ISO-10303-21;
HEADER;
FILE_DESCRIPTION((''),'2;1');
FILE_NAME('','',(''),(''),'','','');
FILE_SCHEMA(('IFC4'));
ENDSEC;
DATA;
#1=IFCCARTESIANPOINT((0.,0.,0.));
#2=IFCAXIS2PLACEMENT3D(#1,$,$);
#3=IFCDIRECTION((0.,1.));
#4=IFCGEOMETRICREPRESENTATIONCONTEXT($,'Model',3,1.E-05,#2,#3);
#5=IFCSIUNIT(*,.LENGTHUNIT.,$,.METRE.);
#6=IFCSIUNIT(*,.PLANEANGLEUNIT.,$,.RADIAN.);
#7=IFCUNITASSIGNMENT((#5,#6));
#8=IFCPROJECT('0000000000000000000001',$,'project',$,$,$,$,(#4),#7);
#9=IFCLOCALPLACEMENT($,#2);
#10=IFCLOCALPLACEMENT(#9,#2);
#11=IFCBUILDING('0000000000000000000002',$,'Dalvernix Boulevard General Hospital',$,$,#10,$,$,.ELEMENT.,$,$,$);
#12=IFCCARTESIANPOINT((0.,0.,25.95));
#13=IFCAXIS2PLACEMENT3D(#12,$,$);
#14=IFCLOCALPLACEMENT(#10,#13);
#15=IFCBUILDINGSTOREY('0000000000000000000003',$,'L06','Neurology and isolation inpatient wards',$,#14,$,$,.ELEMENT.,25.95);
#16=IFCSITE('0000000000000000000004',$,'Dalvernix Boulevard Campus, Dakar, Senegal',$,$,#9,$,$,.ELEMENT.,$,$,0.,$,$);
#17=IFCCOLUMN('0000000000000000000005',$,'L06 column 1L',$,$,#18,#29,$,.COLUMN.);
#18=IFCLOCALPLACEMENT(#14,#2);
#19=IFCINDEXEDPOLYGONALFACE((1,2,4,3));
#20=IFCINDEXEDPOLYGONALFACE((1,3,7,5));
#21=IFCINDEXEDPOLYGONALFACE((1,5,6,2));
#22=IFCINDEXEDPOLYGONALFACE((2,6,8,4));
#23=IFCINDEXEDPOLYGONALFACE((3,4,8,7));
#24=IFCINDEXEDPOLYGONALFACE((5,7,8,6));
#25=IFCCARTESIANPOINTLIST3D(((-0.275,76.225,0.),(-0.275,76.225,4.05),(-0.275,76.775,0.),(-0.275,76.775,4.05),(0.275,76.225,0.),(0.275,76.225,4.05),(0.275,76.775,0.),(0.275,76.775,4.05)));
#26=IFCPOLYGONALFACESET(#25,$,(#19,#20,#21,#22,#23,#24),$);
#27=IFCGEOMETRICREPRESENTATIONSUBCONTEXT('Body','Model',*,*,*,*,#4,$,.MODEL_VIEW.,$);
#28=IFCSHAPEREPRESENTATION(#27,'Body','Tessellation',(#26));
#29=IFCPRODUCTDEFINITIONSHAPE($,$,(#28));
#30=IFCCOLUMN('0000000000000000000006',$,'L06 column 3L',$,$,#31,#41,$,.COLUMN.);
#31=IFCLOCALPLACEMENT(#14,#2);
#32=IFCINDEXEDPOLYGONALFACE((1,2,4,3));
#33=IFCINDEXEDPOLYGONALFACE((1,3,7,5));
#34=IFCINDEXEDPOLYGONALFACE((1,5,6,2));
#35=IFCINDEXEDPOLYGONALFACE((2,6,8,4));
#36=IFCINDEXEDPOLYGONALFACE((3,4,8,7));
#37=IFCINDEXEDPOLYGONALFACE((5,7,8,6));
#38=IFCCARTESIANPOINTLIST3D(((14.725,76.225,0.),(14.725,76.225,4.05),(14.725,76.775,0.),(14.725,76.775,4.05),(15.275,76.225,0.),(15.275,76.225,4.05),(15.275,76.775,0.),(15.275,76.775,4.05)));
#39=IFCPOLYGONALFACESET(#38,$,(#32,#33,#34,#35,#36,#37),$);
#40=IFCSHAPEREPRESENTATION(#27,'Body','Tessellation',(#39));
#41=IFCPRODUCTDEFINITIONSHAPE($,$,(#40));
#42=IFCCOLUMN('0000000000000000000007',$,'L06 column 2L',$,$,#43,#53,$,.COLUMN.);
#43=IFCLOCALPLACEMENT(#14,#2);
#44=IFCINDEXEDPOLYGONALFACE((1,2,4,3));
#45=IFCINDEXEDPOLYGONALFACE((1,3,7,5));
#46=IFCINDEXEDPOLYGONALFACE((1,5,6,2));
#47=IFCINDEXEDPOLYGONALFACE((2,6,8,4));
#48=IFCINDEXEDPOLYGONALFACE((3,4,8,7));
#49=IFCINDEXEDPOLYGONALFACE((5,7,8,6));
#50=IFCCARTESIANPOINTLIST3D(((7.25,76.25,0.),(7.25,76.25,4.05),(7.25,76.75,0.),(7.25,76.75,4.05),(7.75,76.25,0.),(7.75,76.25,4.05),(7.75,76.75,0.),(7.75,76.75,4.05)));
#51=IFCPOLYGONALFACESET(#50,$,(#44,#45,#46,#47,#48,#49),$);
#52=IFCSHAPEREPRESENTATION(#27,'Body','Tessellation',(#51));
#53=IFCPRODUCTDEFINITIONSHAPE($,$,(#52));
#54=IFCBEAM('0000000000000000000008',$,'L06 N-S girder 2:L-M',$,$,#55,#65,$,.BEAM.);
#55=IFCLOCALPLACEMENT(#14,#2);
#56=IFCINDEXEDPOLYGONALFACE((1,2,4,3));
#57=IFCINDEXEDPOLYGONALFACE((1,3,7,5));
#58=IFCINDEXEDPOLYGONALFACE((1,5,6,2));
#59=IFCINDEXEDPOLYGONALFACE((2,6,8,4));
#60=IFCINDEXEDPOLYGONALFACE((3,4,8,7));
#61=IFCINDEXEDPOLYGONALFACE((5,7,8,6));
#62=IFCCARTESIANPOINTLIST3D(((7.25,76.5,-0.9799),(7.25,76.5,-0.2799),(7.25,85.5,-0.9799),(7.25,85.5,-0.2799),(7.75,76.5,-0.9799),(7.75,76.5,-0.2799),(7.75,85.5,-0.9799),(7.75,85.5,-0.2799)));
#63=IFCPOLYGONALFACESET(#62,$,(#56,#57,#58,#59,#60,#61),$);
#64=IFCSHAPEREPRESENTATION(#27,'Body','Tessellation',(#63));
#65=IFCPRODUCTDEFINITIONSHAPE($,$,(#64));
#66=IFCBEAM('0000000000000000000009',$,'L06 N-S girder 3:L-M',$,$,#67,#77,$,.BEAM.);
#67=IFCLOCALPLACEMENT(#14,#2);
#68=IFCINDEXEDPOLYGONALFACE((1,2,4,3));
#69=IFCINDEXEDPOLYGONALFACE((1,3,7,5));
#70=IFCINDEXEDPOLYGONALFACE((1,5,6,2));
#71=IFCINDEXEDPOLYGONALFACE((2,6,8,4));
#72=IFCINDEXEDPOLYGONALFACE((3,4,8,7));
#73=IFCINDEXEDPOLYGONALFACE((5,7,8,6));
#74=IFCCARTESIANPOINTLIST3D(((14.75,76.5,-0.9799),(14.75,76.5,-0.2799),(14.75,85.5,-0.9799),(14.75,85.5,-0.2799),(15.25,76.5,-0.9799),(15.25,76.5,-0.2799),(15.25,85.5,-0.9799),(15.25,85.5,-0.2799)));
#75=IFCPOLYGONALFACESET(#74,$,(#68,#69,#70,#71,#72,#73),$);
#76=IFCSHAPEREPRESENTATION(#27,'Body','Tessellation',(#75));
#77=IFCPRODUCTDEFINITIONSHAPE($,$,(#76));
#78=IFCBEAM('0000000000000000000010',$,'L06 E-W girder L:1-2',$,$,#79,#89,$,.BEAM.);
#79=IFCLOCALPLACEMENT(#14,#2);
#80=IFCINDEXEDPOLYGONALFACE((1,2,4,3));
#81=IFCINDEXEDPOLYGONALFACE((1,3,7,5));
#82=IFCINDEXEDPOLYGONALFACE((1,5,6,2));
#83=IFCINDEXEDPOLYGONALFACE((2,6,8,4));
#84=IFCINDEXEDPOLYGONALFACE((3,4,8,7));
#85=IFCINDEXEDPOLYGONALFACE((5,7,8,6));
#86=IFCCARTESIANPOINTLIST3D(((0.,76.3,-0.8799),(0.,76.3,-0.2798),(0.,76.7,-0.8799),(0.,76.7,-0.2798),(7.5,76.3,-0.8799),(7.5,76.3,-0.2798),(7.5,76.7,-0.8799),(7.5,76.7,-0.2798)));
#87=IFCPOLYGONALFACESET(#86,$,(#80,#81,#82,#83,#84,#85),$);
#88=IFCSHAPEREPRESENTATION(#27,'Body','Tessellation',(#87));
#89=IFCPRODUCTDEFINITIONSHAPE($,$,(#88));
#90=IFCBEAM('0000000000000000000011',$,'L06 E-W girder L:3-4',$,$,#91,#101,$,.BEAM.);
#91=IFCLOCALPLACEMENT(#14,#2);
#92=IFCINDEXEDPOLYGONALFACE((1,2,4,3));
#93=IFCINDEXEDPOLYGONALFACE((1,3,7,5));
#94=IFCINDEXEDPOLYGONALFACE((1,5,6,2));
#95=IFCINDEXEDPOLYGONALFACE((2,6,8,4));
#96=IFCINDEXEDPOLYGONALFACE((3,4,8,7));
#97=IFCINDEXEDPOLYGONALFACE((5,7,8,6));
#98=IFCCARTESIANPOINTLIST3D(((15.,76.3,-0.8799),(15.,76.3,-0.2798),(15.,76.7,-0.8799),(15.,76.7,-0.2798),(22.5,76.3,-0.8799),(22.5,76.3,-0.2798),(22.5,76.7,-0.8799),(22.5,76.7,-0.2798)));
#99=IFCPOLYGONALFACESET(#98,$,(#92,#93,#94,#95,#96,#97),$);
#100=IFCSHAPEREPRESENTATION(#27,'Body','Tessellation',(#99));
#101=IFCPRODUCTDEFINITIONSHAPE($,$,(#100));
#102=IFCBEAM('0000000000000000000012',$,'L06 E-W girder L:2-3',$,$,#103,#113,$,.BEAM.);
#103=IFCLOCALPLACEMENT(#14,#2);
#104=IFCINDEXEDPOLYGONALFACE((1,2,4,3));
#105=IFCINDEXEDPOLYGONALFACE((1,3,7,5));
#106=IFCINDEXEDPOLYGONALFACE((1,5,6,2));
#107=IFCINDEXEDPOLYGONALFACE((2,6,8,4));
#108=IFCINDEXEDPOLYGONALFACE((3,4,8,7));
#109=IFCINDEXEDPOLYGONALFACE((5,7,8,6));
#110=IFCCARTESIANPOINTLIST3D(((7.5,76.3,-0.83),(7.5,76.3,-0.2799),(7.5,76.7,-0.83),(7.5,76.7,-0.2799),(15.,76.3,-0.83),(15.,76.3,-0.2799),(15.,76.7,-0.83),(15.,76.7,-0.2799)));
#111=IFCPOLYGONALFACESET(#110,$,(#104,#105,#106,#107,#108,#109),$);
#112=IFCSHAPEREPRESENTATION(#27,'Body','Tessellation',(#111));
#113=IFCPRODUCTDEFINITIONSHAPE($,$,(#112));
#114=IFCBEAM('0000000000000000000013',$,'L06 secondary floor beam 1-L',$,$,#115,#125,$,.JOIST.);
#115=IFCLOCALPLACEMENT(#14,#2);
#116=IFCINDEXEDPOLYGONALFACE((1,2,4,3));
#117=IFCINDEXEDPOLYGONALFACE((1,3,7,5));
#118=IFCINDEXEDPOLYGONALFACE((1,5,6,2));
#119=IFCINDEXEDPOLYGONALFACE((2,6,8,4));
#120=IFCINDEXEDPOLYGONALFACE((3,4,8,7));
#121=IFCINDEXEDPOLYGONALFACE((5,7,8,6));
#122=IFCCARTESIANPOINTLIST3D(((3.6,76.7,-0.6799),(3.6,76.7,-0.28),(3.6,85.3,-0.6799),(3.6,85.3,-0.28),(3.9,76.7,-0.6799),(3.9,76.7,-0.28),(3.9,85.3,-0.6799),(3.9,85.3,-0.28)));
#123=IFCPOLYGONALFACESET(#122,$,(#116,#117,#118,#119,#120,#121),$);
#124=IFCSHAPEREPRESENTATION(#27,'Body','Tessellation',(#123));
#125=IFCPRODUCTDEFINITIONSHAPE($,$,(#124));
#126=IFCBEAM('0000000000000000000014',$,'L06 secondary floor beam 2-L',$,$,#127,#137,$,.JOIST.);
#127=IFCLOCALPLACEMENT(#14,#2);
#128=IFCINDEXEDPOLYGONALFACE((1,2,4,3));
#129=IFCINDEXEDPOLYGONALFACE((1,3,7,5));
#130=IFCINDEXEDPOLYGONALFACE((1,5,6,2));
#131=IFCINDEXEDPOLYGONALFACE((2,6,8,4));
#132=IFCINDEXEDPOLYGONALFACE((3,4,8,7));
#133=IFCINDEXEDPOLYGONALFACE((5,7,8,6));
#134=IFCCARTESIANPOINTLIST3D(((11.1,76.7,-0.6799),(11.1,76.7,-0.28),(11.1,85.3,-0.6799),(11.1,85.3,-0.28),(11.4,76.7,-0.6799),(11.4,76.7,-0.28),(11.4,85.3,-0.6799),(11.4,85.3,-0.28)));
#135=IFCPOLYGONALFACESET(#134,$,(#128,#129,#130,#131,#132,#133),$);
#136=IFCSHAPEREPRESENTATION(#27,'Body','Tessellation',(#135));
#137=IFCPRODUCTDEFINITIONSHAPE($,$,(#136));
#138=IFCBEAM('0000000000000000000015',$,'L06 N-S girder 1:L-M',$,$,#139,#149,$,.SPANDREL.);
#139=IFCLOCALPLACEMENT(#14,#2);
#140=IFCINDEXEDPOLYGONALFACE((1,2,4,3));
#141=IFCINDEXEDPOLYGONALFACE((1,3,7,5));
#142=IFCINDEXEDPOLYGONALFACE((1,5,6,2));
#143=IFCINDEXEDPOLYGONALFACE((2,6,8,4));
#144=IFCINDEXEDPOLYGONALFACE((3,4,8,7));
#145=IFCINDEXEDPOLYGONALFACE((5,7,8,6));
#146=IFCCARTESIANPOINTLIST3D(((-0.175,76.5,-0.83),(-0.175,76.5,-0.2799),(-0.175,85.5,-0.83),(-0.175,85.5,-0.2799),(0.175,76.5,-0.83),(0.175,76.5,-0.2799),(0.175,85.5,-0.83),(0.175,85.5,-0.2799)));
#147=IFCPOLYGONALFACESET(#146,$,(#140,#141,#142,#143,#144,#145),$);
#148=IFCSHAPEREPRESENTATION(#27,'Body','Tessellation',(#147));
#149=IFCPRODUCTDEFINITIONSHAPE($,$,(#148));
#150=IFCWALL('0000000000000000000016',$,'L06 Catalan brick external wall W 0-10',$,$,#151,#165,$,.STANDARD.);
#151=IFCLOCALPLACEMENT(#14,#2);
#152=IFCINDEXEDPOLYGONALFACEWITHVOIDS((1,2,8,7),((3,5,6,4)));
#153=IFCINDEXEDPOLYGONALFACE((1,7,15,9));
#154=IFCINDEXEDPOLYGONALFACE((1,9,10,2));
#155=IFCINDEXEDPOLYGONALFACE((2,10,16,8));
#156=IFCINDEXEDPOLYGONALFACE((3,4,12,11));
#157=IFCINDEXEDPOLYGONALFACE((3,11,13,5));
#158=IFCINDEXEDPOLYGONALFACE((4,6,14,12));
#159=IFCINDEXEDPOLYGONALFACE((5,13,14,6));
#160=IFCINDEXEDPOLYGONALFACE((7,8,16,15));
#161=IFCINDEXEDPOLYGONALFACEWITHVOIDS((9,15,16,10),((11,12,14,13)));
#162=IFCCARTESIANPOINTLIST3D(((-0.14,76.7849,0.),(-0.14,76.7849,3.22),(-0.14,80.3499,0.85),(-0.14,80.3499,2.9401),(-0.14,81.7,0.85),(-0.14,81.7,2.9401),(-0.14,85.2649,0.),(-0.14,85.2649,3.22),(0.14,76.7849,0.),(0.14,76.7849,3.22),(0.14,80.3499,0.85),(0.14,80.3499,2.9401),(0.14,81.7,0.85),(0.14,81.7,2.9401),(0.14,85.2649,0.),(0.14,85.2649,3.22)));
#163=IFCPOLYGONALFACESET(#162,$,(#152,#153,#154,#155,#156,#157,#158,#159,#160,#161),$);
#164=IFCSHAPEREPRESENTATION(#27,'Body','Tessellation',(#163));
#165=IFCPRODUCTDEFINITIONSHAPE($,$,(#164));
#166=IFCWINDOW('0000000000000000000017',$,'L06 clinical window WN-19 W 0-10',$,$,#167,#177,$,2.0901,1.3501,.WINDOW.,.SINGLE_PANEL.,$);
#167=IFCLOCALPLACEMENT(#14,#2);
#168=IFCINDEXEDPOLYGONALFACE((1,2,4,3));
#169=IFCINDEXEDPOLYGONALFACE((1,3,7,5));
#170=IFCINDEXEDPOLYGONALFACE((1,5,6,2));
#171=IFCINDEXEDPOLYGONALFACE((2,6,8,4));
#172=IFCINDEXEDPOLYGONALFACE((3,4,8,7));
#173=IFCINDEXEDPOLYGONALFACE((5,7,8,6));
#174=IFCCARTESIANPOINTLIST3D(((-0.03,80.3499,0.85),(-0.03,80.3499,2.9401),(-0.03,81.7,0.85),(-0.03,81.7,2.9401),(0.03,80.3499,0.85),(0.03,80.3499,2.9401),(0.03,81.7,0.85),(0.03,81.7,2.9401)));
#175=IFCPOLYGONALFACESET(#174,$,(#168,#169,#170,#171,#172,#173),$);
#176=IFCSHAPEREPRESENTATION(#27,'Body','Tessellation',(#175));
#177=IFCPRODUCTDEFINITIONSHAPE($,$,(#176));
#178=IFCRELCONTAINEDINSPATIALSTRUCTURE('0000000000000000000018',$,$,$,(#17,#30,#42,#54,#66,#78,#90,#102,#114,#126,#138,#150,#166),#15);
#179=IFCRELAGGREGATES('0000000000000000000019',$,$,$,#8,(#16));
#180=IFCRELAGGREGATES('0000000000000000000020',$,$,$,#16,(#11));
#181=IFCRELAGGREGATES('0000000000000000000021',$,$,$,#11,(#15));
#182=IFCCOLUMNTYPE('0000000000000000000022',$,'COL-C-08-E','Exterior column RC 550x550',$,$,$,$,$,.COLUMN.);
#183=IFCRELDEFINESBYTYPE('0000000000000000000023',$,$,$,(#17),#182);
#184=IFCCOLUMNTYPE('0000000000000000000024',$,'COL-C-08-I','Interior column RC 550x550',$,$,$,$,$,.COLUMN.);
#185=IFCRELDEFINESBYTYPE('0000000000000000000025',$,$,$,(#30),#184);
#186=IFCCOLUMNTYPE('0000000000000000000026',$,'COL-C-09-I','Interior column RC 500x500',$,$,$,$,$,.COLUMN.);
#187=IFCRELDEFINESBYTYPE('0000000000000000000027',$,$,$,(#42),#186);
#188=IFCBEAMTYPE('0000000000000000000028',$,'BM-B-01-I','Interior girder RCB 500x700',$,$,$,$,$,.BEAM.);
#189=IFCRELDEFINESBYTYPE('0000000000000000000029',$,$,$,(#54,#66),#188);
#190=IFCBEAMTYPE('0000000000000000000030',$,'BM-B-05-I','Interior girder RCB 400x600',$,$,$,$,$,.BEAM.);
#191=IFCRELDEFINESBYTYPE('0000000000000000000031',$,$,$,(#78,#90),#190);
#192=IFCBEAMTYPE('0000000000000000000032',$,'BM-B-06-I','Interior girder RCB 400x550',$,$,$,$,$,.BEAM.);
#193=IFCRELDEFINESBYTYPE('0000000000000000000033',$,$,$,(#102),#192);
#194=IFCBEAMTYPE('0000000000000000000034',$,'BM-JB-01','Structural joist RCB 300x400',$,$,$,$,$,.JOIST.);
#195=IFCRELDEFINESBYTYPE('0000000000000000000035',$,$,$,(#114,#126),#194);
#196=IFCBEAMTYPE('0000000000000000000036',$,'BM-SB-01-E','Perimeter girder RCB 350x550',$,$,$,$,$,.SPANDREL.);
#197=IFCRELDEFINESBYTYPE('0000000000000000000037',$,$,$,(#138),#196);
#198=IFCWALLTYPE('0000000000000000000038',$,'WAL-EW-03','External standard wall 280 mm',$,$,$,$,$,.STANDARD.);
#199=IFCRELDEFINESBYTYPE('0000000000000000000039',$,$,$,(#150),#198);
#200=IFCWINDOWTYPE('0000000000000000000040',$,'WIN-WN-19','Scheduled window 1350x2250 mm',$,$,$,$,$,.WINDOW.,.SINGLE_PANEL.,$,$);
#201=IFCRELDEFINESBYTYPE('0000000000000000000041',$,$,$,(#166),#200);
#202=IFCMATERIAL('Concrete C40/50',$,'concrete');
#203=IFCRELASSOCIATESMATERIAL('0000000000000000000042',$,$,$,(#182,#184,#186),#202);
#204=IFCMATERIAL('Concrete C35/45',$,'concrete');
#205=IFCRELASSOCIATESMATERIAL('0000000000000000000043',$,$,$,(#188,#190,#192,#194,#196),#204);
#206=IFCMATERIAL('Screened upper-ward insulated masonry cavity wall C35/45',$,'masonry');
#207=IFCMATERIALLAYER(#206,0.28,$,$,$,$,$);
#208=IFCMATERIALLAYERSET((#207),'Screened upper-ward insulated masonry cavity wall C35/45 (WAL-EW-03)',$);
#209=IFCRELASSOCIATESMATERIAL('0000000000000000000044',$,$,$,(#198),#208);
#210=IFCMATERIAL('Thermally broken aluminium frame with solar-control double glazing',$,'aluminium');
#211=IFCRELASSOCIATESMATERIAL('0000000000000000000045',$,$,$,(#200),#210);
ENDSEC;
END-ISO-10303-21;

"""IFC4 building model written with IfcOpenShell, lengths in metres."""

from ifc_helpers import new_model, si_unit, direction, frame, frame_2d, origin, origin_2d, place, context, subcontext, project, spatial, rectangle, extrude, material, layer, layer_set, material_profile, profile_set, type_object, element, fill, save


model = new_model("IFC4")

# Units and contexts
model_context = context("Model", 3, precision=1e-05, world=origin(), true_north=direction((0.0, 1.0)))
body_context = subcontext(model_context, "Body", "Model", "MODEL_VIEW")
ifc_project = project(units=[si_unit("LENGTHUNIT", "METRE"), si_unit("PLANEANGLEUNIT", "RADIAN")], contexts=[model_context])

# Site, building, storey
site_placement = place(None, origin())
site = spatial("IfcSite", under=ifc_project, at=site_placement, Name="Dalvernix Boulevard Campus, Dakar, Senegal", CompositionType="ELEMENT", RefElevation=0.0)
building_placement = place(site_placement, origin())
building = spatial("IfcBuilding", under=site, at=building_placement, Name="Dalvernix Boulevard General Hospital", CompositionType="ELEMENT")
storey_placement = place(building_placement, frame((0.0, 0.0, 25.95)))
storey = spatial("IfcBuildingStorey", under=building, at=storey_placement, Name="L06", Description="Neurology and isolation inpatient wards", CompositionType="ELEMENT", Elevation=25.95)

# Columns
ifc_material_1 = material(Name="Concrete C40/50", Category="concrete")
ifc_material_profile_1 = material_profile(ifc_material_1, rectangle(XDim=0.55, YDim=0.55, at=origin_2d()), Name="RC 550x550")
ifc_profile_set_1 = profile_set([ifc_material_profile_1], Name="Concrete C40/50")
column_type_1 = type_object("IfcColumnType", Name="COL-C-08-E", Description="Exterior column RC 550x550", PredefinedType="COLUMN", material=ifc_profile_set_1)
column_1_placement = place(storey_placement, frame((0.0, 76.5, 0.0), z_axis=(0.0, 0.0, 1.0), x_axis=(1.0, 0.0, 0.0)))
element("IfcColumn", 1, at=column_1_placement, inside=storey, type_object=column_type_1, Name="L06 column 1L", PredefinedType="COLUMN", context=body_context, shape_type="SweptSolid", body=[
    extrude(rectangle(XDim=0.55, YDim=0.55, at=origin_2d()), origin(), (0.0, 0.0, 1.0), 4.05),
])
ifc_material_profile_2 = material_profile(ifc_material_1, rectangle(XDim=0.55, YDim=0.55, at=origin_2d()), Name="RC 550x550")
ifc_profile_set_2 = profile_set([ifc_material_profile_2], Name="Concrete C40/50")
column_type_2 = type_object("IfcColumnType", Name="COL-C-08-I", Description="Interior column RC 550x550", PredefinedType="COLUMN", material=ifc_profile_set_2)
column_2_placement = place(storey_placement, frame((15.0, 76.5, 0.0), z_axis=(0.0, 0.0, 1.0), x_axis=(1.0, 0.0, 0.0)))
element("IfcColumn", 2, at=column_2_placement, inside=storey, type_object=column_type_2, Name="L06 column 3L", PredefinedType="COLUMN", context=body_context, shape_type="SweptSolid", body=[
    extrude(rectangle(XDim=0.55, YDim=0.55, at=origin_2d()), origin(), (0.0, 0.0, 1.0), 4.05),
])
ifc_material_profile_3 = material_profile(ifc_material_1, rectangle(XDim=0.5, YDim=0.5, at=origin_2d()), Name="RC 500x500")
ifc_profile_set_3 = profile_set([ifc_material_profile_3], Name="Concrete C40/50")
column_type_3 = type_object("IfcColumnType", Name="COL-C-09-I", Description="Interior column RC 500x500", PredefinedType="COLUMN", material=ifc_profile_set_3)
column_3_placement = place(storey_placement, frame((7.5, 76.5, 0.0), z_axis=(0.0, 0.0, 1.0), x_axis=(1.0, 0.0, 0.0)))
element("IfcColumn", 3, at=column_3_placement, inside=storey, type_object=column_type_3, Name="L06 column 2L", PredefinedType="COLUMN", context=body_context, shape_type="SweptSolid", body=[
    extrude(rectangle(XDim=0.5, YDim=0.5, at=origin_2d()), origin(), (0.0, 0.0, 1.0), 4.05),
])

# Beams
ifc_material_2 = material(Name="Concrete C35/45", Category="concrete")
ifc_material_profile_4 = material_profile(ifc_material_2, rectangle(XDim=0.5, YDim=0.7, at=origin_2d()), Name="RCB 500x700")
ifc_profile_set_4 = profile_set([ifc_material_profile_4], Name="Concrete C35/45")
beam_type_1 = type_object("IfcBeamType", Name="BM-B-01-I", Description="Interior girder RCB 500x700", PredefinedType="BEAM", material=ifc_profile_set_4)
for number, where, z_axis, x_axis, name in (
    (4, (7.5, 76.5, -0.6299), (0.0, 1.0, 0.0), (-1.0, 0.0, 0.0), "L06 N-S girder 2:L-M"),
    (5, (15.0, 76.5, -0.6299), (0.0, 1.0, 0.0), (-1.0, 0.0, 0.0), "L06 N-S girder 3:L-M"),
):
    element("IfcBeam", number, at=place(storey_placement, frame(where, z_axis=z_axis, x_axis=x_axis)), inside=storey, type_object=beam_type_1, Name=name, PredefinedType="BEAM", context=body_context, shape_type="SweptSolid", body=[
        extrude(rectangle(XDim=0.5, YDim=0.7, at=origin_2d()), origin(), (0.0, 0.0, 1.0), 9.0),
    ])
ifc_material_profile_5 = material_profile(ifc_material_2, rectangle(XDim=0.3999, YDim=0.6001, at=origin_2d()), Name="RCB 400x600")
ifc_profile_set_5 = profile_set([ifc_material_profile_5], Name="Concrete C35/45")
beam_type_2 = type_object("IfcBeamType", Name="BM-B-05-I", Description="Interior girder RCB 400x600", PredefinedType="BEAM", material=ifc_profile_set_5)
for number, where, z_axis, x_axis, name in (
    (6, (0.0, 76.5, -0.5798), (1.0, 0.0, 0.0), (0.0, 1.0, 0.0), "L06 E-W girder L:1-2"),
    (7, (15.0, 76.5, -0.5798), (1.0, 0.0, 0.0), (0.0, 1.0, 0.0), "L06 E-W girder L:3-4"),
):
    element("IfcBeam", number, at=place(storey_placement, frame(where, z_axis=z_axis, x_axis=x_axis)), inside=storey, type_object=beam_type_2, Name=name, PredefinedType="BEAM", context=body_context, shape_type="SweptSolid", body=[
        extrude(rectangle(XDim=0.3999, YDim=0.6001, at=origin_2d()), origin(), (0.0, 0.0, 1.0), 7.5),
    ])
ifc_material_profile_6 = material_profile(ifc_material_2, rectangle(XDim=0.3999, YDim=0.55, at=origin_2d()), Name="RCB 400x550")
ifc_profile_set_6 = profile_set([ifc_material_profile_6], Name="Concrete C35/45")
beam_type_3 = type_object("IfcBeamType", Name="BM-B-06-I", Description="Interior girder RCB 400x550", PredefinedType="BEAM", material=ifc_profile_set_6)
beam_1_placement = place(storey_placement, frame((7.5, 76.5, -0.5549), z_axis=(1.0, 0.0, 0.0), x_axis=(0.0, 1.0, 0.0)))
element("IfcBeam", 8, at=beam_1_placement, inside=storey, type_object=beam_type_3, Name="L06 E-W girder L:2-3", PredefinedType="BEAM", context=body_context, shape_type="SweptSolid", body=[
    extrude(rectangle(XDim=0.3999, YDim=0.55, at=origin_2d()), origin(), (0.0, 0.0, 1.0), 7.5),
])
ifc_material_profile_7 = material_profile(ifc_material_2, rectangle(XDim=0.3, YDim=0.3999, at=origin_2d()), Name="RCB 300x400")
ifc_profile_set_7 = profile_set([ifc_material_profile_7], Name="Concrete C35/45")
beam_type_4 = type_object("IfcBeamType", Name="BM-JB-01", Description="Structural joist RCB 300x400", PredefinedType="JOIST", material=ifc_profile_set_7)
for number, where, z_axis, x_axis, name in (
    (9, (3.75, 76.7, -0.48), (0.0, 1.0, 0.0), (-1.0, 0.0, 0.0), "L06 secondary floor beam 1-L"),
    (10, (11.25, 76.7, -0.48), (0.0, 1.0, 0.0), (-1.0, 0.0, 0.0), "L06 secondary floor beam 2-L"),
):
    element("IfcBeam", number, at=place(storey_placement, frame(where, z_axis=z_axis, x_axis=x_axis)), inside=storey, type_object=beam_type_4, Name=name, PredefinedType="JOIST", context=body_context, shape_type="SweptSolid", body=[
        extrude(rectangle(XDim=0.3, YDim=0.3999, at=origin_2d()), origin(), (0.0, 0.0, 1.0), 8.6001),
    ])
ifc_material_profile_8 = material_profile(ifc_material_2, rectangle(XDim=0.3501, YDim=0.55, at=origin_2d()), Name="RCB 350x550")
ifc_profile_set_8 = profile_set([ifc_material_profile_8], Name="Concrete C35/45")
beam_type_5 = type_object("IfcBeamType", Name="BM-SB-01-E", Description="Perimeter girder RCB 350x550", PredefinedType="SPANDREL", material=ifc_profile_set_8)
beam_2_placement = place(storey_placement, frame((0.0, 76.5, -0.5549), z_axis=(0.0, 1.0, 0.0), x_axis=(-1.0, 0.0, 0.0)))
element("IfcBeam", 11, at=beam_2_placement, inside=storey, type_object=beam_type_5, Name="L06 N-S girder 1:L-M", PredefinedType="SPANDREL", context=body_context, shape_type="SweptSolid", body=[
    extrude(rectangle(XDim=0.3501, YDim=0.55, at=origin_2d()), origin(), (0.0, 0.0, 1.0), 9.0),
])

# Wall, opening, window
ifc_material_3 = material(Name="Screened upper-ward insulated masonry cavity wall C35/45", Category="masonry")
ifc_layer_1 = layer(ifc_material_3, 0.28)
ifc_layer_set_1 = layer_set([ifc_layer_1], Name="Screened upper-ward insulated masonry cavity wall C35/45 (WAL-EW-03)")
wall_type = type_object("IfcWallType", Name="WAL-EW-03", Description="External standard wall 280 mm", PredefinedType="STANDARD", material=ifc_layer_set_1)
wall_placement = place(storey_placement, frame((0.0, 76.7849, 0.0), z_axis=(0.0, 0.0, 1.0), x_axis=(0.0, 1.0, 0.0)))
wall = element("IfcWall", 12, at=wall_placement, inside=storey, type_object=wall_type, Name="L06 Catalan brick external wall W 0-10", PredefinedType="STANDARD", context=body_context, shape_type="SweptSolid", body=[
    extrude(rectangle(XDim=8.48, YDim=0.28, at=frame_2d((4.24, 0.0))), origin(), (0.0, 0.0, 1.0), 3.22),
])
opening_placement = place(wall_placement, frame((3.5649, 0.0, 0.8501)))
opening = element("IfcOpeningElement", 13, at=opening_placement, cuts=wall, PredefinedType="OPENING", context=body_context, shape_type="SweptSolid", body=[
    extrude(rectangle(XDim=1.3501, YDim=2.0901, at=frame_2d((0.675, 1.0449))), frame((0.0, 0.1499, 0.0), z_axis=(0.0, -1.0, 0.0), x_axis=(1.0, 0.0, 0.0)), (0.0, 0.0, 1.0), 0.3),
])
ifc_material_4 = material(Name="Thermally broken aluminium frame with solar-control double glazing", Category="aluminium")
window_type = type_object("IfcWindowType", Name="WIN-WN-19", Description="Scheduled window 1350x2250 mm", PartitioningType="SINGLE_PANEL", PredefinedType="WINDOW", material=ifc_material_4)
window_placement = place(opening_placement, origin())
window = element("IfcWindow", 14, at=window_placement, inside=storey, type_object=window_type, Name="L06 clinical window WN-19 W 0-10", OverallHeight=2.0901, OverallWidth=1.3501, PartitioningType="SINGLE_PANEL", PredefinedType="WINDOW", context=body_context, shape_type="SweptSolid", body=[
    extrude(rectangle(XDim=1.3501, YDim=2.0901, at=frame_2d((0.675, 1.0449))), frame((0.0, 0.03, 0.0), z_axis=(0.0, -1.0, 0.0), x_axis=(1.0, 0.0, 0.0)), (0.0, 0.0, 1.0), 0.0601),
])
fill(opening, window)

save(model, "model.ifc")
